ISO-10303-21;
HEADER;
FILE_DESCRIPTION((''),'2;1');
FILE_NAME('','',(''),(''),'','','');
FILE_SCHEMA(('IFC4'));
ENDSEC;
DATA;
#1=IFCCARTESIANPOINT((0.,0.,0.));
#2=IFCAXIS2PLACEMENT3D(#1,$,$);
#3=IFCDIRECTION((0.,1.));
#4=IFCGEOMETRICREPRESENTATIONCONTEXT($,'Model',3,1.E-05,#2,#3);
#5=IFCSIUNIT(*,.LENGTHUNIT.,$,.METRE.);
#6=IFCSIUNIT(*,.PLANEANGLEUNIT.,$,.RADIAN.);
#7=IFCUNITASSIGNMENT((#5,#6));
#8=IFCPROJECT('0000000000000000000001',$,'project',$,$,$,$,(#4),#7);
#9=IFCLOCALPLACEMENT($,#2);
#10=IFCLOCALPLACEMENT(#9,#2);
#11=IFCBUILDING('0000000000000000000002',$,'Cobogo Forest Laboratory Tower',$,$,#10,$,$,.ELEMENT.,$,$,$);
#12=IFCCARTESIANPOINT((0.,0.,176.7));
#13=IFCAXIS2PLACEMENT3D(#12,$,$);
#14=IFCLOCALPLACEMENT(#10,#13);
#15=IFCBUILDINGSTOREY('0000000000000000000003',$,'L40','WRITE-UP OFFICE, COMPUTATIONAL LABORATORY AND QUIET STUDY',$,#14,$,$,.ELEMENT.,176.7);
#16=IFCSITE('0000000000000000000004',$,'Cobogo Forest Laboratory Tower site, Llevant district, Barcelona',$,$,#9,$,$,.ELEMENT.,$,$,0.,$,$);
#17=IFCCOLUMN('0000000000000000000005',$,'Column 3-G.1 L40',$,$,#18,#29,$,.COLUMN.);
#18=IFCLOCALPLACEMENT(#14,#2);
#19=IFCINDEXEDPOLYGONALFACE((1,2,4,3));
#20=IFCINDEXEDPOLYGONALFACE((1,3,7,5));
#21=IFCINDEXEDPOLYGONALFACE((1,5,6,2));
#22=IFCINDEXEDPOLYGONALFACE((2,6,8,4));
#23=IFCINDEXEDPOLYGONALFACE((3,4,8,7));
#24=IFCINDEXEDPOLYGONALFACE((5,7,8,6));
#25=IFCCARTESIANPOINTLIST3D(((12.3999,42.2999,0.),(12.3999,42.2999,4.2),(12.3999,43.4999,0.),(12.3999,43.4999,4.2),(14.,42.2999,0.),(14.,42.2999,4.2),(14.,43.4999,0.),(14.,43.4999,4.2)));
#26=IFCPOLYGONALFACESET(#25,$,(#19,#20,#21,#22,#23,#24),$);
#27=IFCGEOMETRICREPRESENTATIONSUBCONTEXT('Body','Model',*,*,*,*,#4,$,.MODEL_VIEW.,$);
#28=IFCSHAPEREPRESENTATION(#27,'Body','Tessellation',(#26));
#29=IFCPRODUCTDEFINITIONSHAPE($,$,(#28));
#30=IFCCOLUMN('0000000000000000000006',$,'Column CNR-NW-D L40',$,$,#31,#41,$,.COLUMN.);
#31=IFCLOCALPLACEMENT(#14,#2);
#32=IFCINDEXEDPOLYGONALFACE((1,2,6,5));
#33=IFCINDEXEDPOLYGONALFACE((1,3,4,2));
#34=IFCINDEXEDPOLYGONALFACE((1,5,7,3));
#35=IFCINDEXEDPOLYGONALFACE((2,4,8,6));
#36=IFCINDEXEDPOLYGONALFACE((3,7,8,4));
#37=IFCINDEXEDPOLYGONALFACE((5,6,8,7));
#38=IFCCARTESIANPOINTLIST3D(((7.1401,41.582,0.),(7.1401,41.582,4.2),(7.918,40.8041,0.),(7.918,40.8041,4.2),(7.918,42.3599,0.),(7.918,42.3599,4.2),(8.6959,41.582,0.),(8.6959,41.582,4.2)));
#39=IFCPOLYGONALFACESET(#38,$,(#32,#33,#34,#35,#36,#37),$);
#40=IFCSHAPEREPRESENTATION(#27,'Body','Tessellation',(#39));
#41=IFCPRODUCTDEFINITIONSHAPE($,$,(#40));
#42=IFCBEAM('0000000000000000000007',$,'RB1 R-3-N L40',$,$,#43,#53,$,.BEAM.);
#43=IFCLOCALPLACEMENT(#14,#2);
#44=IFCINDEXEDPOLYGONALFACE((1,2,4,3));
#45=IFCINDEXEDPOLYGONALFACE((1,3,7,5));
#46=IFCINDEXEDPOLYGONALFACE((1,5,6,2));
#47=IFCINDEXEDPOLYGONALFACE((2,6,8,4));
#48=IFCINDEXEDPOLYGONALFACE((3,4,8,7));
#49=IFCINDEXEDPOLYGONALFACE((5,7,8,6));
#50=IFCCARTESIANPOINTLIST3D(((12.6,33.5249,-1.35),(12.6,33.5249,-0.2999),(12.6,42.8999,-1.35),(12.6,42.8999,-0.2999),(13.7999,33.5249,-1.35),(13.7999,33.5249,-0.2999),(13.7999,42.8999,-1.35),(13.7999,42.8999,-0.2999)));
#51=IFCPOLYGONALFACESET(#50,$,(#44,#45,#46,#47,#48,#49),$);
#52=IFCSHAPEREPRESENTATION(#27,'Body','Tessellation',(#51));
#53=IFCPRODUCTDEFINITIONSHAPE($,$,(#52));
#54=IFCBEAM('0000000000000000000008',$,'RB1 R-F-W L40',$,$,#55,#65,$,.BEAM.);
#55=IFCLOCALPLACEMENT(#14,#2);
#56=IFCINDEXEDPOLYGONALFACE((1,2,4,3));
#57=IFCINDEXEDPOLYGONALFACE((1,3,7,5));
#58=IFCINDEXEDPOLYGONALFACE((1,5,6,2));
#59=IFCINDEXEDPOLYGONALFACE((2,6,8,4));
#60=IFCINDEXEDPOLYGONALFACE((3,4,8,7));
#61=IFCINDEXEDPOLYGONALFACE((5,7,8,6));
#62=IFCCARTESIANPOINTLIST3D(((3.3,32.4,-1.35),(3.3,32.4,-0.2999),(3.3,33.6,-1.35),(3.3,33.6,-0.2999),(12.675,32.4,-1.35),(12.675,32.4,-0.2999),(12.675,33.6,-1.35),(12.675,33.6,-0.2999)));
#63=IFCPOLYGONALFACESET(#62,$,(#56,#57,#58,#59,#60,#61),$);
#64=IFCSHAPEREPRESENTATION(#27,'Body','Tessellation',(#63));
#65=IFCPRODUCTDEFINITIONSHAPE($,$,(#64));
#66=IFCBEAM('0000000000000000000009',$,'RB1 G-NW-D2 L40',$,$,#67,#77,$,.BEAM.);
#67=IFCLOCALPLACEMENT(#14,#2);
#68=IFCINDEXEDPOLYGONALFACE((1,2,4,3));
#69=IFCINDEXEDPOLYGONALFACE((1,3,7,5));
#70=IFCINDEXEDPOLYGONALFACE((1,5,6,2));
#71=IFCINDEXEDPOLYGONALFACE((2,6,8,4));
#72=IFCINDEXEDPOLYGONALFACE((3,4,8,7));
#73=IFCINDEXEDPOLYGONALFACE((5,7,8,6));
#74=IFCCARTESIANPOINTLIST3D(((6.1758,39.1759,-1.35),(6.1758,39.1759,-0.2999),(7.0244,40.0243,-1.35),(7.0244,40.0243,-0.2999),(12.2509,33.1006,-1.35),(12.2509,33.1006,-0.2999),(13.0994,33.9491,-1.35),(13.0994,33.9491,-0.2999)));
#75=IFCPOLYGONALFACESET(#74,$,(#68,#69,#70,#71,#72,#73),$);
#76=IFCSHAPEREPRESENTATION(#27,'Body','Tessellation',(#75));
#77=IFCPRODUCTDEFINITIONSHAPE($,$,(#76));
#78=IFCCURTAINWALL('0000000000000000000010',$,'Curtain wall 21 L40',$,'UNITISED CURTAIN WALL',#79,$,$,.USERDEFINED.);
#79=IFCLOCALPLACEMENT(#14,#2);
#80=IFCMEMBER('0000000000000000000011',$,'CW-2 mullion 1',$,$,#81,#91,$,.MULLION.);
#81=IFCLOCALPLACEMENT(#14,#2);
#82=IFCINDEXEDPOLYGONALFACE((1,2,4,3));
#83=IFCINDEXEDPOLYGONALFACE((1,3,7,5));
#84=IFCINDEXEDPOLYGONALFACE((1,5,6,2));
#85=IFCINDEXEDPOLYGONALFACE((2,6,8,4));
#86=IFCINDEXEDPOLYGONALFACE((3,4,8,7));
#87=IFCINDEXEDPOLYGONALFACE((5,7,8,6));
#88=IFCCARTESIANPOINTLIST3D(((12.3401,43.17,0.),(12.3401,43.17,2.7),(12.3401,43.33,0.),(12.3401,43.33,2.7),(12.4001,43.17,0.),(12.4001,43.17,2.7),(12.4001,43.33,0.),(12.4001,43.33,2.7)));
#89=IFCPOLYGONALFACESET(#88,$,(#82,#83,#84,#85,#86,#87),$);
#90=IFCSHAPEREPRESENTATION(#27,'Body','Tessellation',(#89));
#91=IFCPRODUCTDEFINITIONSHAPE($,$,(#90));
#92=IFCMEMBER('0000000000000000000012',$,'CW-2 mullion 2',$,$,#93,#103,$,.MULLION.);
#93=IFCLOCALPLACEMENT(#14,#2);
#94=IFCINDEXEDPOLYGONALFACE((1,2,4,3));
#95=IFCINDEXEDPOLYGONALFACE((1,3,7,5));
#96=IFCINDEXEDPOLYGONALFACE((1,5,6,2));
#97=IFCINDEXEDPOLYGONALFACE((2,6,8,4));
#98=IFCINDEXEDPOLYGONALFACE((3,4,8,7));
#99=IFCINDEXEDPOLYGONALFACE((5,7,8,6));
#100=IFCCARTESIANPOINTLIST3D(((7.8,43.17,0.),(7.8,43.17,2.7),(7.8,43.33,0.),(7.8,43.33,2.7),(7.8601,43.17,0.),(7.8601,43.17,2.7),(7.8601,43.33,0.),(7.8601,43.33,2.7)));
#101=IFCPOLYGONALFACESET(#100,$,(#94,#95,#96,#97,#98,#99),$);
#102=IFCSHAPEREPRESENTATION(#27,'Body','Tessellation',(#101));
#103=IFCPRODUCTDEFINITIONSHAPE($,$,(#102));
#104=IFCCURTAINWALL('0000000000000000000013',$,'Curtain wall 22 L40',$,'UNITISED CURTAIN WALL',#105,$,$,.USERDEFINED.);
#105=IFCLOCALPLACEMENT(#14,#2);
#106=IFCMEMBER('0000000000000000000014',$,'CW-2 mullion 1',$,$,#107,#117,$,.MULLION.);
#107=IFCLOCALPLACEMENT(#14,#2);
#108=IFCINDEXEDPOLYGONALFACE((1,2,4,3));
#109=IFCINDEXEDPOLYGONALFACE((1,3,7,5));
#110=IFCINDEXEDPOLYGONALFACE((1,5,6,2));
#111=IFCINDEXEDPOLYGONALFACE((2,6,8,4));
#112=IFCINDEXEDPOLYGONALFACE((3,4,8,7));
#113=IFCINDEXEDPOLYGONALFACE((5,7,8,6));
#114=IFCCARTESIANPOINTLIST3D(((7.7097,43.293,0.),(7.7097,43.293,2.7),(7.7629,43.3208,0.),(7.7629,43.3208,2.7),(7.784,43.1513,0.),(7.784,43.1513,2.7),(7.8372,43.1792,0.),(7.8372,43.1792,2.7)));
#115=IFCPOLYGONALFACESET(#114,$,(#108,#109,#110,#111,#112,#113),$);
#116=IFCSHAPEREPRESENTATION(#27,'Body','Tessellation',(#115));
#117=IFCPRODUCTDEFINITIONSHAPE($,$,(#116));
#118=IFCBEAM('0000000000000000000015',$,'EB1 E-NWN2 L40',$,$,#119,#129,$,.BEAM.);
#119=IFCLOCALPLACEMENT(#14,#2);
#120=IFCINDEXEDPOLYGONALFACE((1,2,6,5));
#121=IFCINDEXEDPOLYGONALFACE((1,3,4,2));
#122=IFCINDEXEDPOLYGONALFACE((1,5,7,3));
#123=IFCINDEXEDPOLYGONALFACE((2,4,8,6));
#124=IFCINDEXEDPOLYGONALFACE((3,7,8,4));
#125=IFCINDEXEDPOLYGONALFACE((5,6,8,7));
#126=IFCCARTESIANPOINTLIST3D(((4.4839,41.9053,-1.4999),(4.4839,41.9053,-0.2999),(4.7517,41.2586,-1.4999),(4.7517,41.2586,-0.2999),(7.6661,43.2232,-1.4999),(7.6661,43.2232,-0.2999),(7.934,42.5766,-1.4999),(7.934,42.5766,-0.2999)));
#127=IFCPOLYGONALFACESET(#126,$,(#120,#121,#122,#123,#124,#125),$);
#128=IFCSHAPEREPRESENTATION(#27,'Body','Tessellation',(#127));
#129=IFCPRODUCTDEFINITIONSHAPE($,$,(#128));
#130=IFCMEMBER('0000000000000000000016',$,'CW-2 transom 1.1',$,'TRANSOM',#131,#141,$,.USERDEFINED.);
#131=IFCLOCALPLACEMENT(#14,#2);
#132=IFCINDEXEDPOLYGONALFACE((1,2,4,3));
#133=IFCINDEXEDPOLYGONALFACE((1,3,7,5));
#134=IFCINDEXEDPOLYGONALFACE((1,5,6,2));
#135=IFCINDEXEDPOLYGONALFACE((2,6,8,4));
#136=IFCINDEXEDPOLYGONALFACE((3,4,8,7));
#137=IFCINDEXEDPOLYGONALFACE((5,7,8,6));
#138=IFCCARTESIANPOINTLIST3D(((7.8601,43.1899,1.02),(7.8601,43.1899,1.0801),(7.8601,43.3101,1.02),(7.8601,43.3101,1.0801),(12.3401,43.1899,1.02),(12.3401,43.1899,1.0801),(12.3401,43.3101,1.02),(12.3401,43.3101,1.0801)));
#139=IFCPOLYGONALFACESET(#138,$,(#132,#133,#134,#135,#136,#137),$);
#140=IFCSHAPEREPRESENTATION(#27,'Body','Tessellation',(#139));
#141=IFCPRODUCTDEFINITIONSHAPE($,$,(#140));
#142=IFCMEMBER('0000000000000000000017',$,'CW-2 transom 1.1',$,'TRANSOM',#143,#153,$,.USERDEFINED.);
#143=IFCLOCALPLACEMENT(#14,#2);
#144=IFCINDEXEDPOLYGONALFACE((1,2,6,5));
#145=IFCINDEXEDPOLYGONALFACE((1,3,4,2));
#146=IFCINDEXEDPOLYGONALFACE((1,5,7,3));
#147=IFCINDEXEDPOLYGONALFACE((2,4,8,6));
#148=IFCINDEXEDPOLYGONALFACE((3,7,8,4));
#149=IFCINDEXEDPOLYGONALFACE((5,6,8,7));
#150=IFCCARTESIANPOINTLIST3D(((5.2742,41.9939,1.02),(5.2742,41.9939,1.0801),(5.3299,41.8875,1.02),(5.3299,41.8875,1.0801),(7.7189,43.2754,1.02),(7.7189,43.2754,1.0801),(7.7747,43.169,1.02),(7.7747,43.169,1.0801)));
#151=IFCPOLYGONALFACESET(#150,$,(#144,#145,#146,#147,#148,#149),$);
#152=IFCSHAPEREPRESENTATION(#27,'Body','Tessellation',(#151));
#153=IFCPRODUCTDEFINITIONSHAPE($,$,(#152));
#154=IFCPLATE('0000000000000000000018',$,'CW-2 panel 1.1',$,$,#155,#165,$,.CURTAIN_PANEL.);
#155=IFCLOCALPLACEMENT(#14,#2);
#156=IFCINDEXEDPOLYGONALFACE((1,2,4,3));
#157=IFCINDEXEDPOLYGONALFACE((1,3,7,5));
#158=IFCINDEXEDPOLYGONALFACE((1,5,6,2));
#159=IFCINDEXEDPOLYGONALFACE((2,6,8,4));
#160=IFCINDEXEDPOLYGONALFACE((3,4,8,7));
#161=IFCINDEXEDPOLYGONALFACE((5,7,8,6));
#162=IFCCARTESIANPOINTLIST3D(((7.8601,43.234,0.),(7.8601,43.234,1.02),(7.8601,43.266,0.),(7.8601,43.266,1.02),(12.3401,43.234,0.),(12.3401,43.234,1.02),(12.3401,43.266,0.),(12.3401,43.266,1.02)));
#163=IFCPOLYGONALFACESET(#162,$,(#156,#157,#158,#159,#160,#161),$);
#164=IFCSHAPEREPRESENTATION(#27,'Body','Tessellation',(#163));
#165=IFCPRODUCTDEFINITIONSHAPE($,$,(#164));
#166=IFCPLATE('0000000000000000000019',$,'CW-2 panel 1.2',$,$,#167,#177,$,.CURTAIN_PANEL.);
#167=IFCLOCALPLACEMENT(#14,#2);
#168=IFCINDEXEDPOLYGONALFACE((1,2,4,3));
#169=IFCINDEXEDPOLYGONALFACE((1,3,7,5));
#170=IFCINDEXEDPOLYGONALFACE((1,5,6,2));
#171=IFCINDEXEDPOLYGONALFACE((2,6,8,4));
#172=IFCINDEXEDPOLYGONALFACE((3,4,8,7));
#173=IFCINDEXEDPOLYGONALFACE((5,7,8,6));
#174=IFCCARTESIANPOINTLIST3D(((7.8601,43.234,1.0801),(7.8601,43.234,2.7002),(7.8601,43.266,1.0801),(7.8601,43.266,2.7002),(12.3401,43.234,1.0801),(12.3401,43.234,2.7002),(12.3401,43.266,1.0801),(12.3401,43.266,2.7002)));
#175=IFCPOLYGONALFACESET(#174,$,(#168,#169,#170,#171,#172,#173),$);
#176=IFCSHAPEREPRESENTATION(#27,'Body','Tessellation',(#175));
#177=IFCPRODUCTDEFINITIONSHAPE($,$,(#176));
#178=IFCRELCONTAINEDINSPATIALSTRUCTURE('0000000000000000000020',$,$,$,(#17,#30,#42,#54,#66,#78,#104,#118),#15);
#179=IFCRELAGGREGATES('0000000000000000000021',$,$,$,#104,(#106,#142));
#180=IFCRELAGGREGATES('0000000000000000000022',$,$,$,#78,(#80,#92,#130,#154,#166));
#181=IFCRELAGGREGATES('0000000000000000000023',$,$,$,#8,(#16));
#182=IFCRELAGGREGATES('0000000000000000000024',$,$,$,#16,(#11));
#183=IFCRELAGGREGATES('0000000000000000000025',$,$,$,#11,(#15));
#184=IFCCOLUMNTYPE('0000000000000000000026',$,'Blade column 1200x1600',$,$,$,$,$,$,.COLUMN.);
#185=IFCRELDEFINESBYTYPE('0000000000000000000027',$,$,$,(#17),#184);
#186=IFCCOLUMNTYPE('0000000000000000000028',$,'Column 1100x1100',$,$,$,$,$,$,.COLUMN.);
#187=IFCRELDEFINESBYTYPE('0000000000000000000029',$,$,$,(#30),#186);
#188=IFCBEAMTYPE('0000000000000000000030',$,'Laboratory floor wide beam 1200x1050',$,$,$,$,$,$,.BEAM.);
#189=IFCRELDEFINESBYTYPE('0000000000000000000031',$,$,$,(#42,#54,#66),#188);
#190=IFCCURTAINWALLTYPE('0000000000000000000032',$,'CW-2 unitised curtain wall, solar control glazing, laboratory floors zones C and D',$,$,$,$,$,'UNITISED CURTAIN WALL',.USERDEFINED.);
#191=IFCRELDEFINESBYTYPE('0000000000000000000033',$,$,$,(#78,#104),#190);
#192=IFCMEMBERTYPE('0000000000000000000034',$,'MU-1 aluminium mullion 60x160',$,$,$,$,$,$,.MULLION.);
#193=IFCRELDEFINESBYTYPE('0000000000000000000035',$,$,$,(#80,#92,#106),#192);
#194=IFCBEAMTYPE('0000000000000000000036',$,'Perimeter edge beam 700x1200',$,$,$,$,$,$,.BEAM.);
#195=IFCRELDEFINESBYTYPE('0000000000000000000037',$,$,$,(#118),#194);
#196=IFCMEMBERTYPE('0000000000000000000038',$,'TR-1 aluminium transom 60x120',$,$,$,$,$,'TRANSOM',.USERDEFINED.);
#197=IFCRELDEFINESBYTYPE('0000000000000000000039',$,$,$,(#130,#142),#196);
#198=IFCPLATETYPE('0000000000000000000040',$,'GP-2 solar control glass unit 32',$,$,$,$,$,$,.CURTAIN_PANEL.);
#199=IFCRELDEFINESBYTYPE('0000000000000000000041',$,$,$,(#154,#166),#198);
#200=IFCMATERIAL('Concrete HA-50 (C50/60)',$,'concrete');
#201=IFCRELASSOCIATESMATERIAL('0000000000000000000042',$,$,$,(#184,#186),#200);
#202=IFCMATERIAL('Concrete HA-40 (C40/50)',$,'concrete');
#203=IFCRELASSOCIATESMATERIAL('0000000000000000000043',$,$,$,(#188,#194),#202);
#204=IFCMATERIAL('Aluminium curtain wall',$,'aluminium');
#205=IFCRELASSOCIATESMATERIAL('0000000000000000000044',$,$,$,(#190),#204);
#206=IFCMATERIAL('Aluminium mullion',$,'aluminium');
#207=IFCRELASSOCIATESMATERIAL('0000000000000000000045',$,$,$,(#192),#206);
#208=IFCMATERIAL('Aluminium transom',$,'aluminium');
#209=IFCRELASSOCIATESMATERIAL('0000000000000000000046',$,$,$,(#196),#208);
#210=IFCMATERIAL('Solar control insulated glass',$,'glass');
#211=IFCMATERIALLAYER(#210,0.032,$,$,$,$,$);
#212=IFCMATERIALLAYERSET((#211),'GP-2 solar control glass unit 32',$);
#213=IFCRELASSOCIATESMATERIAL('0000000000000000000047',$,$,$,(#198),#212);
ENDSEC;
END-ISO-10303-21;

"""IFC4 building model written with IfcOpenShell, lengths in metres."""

from ifc_helpers import new_model, si_unit, direction, frame, origin, origin_2d, place, context, subcontext, project, spatial, rectangle, extrude, material, layer, layer_set, material_profile, profile_set, type_object, element, aggregate, save


model = new_model("IFC4")

# Units and contexts
model_context = context("Model", 3, precision=1e-05, world=origin(), true_north=direction((0.0, 1.0)))
body_context = subcontext(model_context, "Body", "Model", "MODEL_VIEW")
ifc_project = project(units=[si_unit("LENGTHUNIT", "METRE"), si_unit("PLANEANGLEUNIT", "RADIAN")], contexts=[model_context])

# Site, building, storey
site_placement = place(None, origin())
site = spatial("IfcSite", under=ifc_project, at=site_placement, Name="Cobogo Forest Laboratory Tower site, Llevant district, Barcelona", CompositionType="ELEMENT", RefElevation=0.0)
building_placement = place(site_placement, origin())
building = spatial("IfcBuilding", under=site, at=building_placement, Name="Cobogo Forest Laboratory Tower", CompositionType="ELEMENT")
storey_placement = place(building_placement, frame((0.0, 0.0, 176.7)))
storey = spatial("IfcBuildingStorey", under=building, at=storey_placement, Name="L40", Description="WRITE-UP OFFICE, COMPUTATIONAL LABORATORY AND QUIET STUDY", CompositionType="ELEMENT", Elevation=176.7)

# Columns
ifc_material_1 = material(Name="Concrete HA-50 (C50/60)", Category="concrete")
ifc_material_profile_1 = material_profile(ifc_material_1, rectangle(XDim=1.6001, YDim=1.2, at=origin_2d()), Name="RC 1200x1600")
ifc_profile_set_1 = profile_set([ifc_material_profile_1], Name="Concrete HA-50 (C50/60)")
column_type_1 = type_object("IfcColumnType", Name="Blade column 1200x1600", PredefinedType="COLUMN", material=ifc_profile_set_1)
column_1_placement = place(storey_placement, frame((13.2, 42.8999, 0.0), z_axis=(0.0, 0.0, 1.0), x_axis=(1.0, 0.0, 0.0)))
element("IfcColumn", 1, at=column_1_placement, inside=storey, type_object=column_type_1, Name="Column 3-G.1 L40", PredefinedType="COLUMN", context=body_context, shape_type="SweptSolid", body=[
    extrude(rectangle(XDim=1.6001, YDim=1.2, at=origin_2d()), origin(), (0.0, 0.0, 1.0), 4.2),
])
ifc_material_profile_2 = material_profile(ifc_material_1, rectangle(XDim=1.1001, YDim=1.1001, at=origin_2d()), Name="RC 1100x1100")
ifc_profile_set_2 = profile_set([ifc_material_profile_2], Name="Concrete HA-50 (C50/60)")
column_type_2 = type_object("IfcColumnType", Name="Column 1100x1100", PredefinedType="COLUMN", material=ifc_profile_set_2)
column_2_placement = place(storey_placement, frame((7.918, 41.582, 0.0), z_axis=(0.0, 0.0, 1.0), x_axis=(0.707107, 0.707107, 0.0)))
element("IfcColumn", 2, at=column_2_placement, inside=storey, type_object=column_type_2, Name="Column CNR-NW-D L40", PredefinedType="COLUMN", context=body_context, shape_type="SweptSolid", body=[
    extrude(rectangle(XDim=1.1001, YDim=1.1001, at=origin_2d()), origin(), (0.0, 0.0, 1.0), 4.2),
])

# Beams
ifc_material_2 = material(Name="Concrete HA-40 (C40/50)", Category="concrete")
ifc_material_profile_3 = material_profile(ifc_material_2, rectangle(XDim=1.2, YDim=1.05, at=origin_2d()), Name="RC 1200x1050")
ifc_profile_set_3 = profile_set([ifc_material_profile_3], Name="Concrete HA-40 (C40/50)")
beam_type_1 = type_object("IfcBeamType", Name="Laboratory floor wide beam 1200x1050", PredefinedType="BEAM", material=ifc_profile_set_3)
for number, where, z_axis, x_axis, name in (
    (3, (13.2, 33.5249, -0.825), (0.0, 1.0, 0.0), (-1.0, 0.0, 0.0), "RB1 R-3-N L40"),
    (4, (12.675, 33.0, -0.825), (-1.0, 0.0, 0.0), (0.0, -1.0, 0.0), "RB1 R-F-W L40"),
):
    element("IfcBeam", number, at=place(storey_placement, frame(where, z_axis=z_axis, x_axis=x_axis)), inside=storey, type_object=beam_type_1, Name=name, PredefinedType="BEAM", context=body_context, shape_type="SweptSolid", body=[
        extrude(rectangle(XDim=1.2, YDim=1.05, at=origin_2d()), origin(), (0.0, 0.0, 1.0), 9.375),
    ])
beam_1_placement = place(storey_placement, frame((6.6001, 39.6001, -0.825), z_axis=(0.707093, -0.707121, 0.0), x_axis=(0.707121, 0.707093, 0.0)))
element("IfcBeam", 5, at=beam_1_placement, inside=storey, type_object=beam_type_1, Name="RB1 G-NW-D2 L40", PredefinedType="BEAM", context=body_context, shape_type="SweptSolid", body=[
    extrude(rectangle(XDim=1.2, YDim=1.05, at=origin_2d()), origin(), (0.0, 0.0, 1.0), 8.5916),
])

# Curtain wall, members
ifc_material_3 = material(Name="Aluminium curtain wall", Category="aluminium")
curtain_wall_type = type_object("IfcCurtainWallType", Name="CW-2 unitised curtain wall, solar control glazing, laboratory floors zones C and D", ElementType="UNITISED CURTAIN WALL", PredefinedType="USERDEFINED", material=ifc_material_3)
curtain_wall_1_placement = place(storey_placement, origin())
curtain_wall_1 = element("IfcCurtainWall", 6, at=curtain_wall_1_placement, inside=storey, type_object=curtain_wall_type, Name="Curtain wall 21 L40", ObjectType="UNITISED CURTAIN WALL", PredefinedType="USERDEFINED")
ifc_material_4 = material(Name="Aluminium mullion", Category="aluminium")
ifc_material_profile_4 = material_profile(ifc_material_4, rectangle(XDim=0.0601, YDim=0.1599, at=origin_2d()), Name="AL 60x160")
ifc_profile_set_4 = profile_set([ifc_material_profile_4], Name="Aluminium mullion")
member_type_1 = type_object("IfcMemberType", Name="MU-1 aluminium mullion 60x160", PredefinedType="MULLION", material=ifc_profile_set_4)
member_1_placement = place(storey_placement, frame((12.3701, 43.25, 0.0), z_axis=(0.0, 0.0, 1.0), x_axis=(-1.0, 0.0, 0.0)))
member_1 = element("IfcMember", 7, at=member_1_placement, type_object=member_type_1, Name="CW-2 mullion 1", PredefinedType="MULLION", context=body_context, shape_type="SweptSolid", body=[
    extrude(rectangle(XDim=0.0601, YDim=0.1599, at=origin_2d()), origin(), (0.0, 0.0, 1.0), 2.7),
])
member_2_placement = place(storey_placement, frame((7.8301, 43.25, 0.0), z_axis=(0.0, 0.0, 1.0), x_axis=(-1.0, 0.0, 0.0)))
member_2 = element("IfcMember", 8, at=member_2_placement, type_object=member_type_1, Name="CW-2 mullion 2", PredefinedType="MULLION", context=body_context, shape_type="SweptSolid", body=[
    extrude(rectangle(XDim=0.0601, YDim=0.1599, at=origin_2d()), origin(), (0.0, 0.0, 1.0), 2.7),
])

# Curtain wall, member
curtain_wall_2_placement = place(storey_placement, origin())
curtain_wall_2 = element("IfcCurtainWall", 9, at=curtain_wall_2_placement, inside=storey, type_object=curtain_wall_type, Name="Curtain wall 22 L40", ObjectType="UNITISED CURTAIN WALL", PredefinedType="USERDEFINED")
member_3_placement = place(storey_placement, frame((7.7734, 43.2361, 0.0), z_axis=(0.0, 0.0, 1.0), x_axis=(-0.885686, -0.464284, 0.0)))
member_3 = element("IfcMember", 10, at=member_3_placement, type_object=member_type_1, Name="CW-2 mullion 1", PredefinedType="MULLION", context=body_context, shape_type="SweptSolid", body=[
    extrude(rectangle(XDim=0.0601, YDim=0.1599, at=origin_2d()), origin(), (0.0, 0.0, 1.0), 2.7),
])

# Beam
ifc_material_profile_5 = material_profile(ifc_material_2, rectangle(XDim=0.7, YDim=1.2, at=origin_2d()), Name="RC 700x1200")
ifc_profile_set_5 = profile_set([ifc_material_profile_5], Name="Concrete HA-40 (C40/50)")
beam_type_2 = type_object("IfcBeamType", Name="Perimeter edge beam 700x1200", PredefinedType="BEAM", material=ifc_profile_set_5)
beam_2_placement = place(storey_placement, frame((7.8, 42.8999, -0.8999), z_axis=(-0.923901, -0.382631, 0.0), x_axis=(0.382631, -0.923901, 0.0)))
element("IfcBeam", 11, at=beam_2_placement, inside=storey, type_object=beam_type_2, Name="EB1 E-NWN2 L40", PredefinedType="BEAM", context=body_context, shape_type="SweptSolid", body=[
    extrude(rectangle(XDim=0.7, YDim=1.2, at=origin_2d()), origin(), (0.0, 0.0, 1.0), 3.4443),
])

# Members
ifc_material_5 = material(Name="Aluminium transom", Category="aluminium")
ifc_material_profile_6 = material_profile(ifc_material_5, rectangle(XDim=0.1201, YDim=0.0601, at=origin_2d()), Name="AL 60x120")
ifc_profile_set_6 = profile_set([ifc_material_profile_6], Name="Aluminium transom")
member_type_2 = type_object("IfcMemberType", Name="TR-1 aluminium transom 60x120", ElementType="TRANSOM", PredefinedType="USERDEFINED", material=ifc_profile_set_6)
member_4_placement = place(storey_placement, frame((12.3401, 43.25, 1.05), z_axis=(-1.0, 0.0, 0.0), x_axis=(0.0, -1.0, 0.0)))
member_4 = element("IfcMember", 12, at=member_4_placement, type_object=member_type_2, Name="CW-2 transom 1.1", ObjectType="TRANSOM", PredefinedType="USERDEFINED", context=body_context, shape_type="SweptSolid", body=[
    extrude(rectangle(XDim=0.1201, YDim=0.0601, at=origin_2d()), origin(), (0.0, 0.0, 1.0), 4.48),
])
member_5_placement = place(storey_placement, frame((7.7468, 43.2222, 1.05), z_axis=(-0.885702, -0.464255, 0.0), x_axis=(0.464255, -0.885702, 0.0)))
member_5 = element("IfcMember", 13, at=member_5_placement, type_object=member_type_2, Name="CW-2 transom 1.1", ObjectType="TRANSOM", PredefinedType="USERDEFINED", context=body_context, shape_type="SweptSolid", body=[
    extrude(rectangle(XDim=0.1201, YDim=0.0601, at=origin_2d()), origin(), (0.0, 0.0, 1.0), 2.7603),
])
aggregate(curtain_wall_2, [member_3, member_5])

# Plates
ifc_material_6 = material(Name="Solar control insulated glass", Category="glass")
ifc_layer_1 = layer(ifc_material_6, 0.032)
ifc_layer_set_1 = layer_set([ifc_layer_1], Name="GP-2 solar control glass unit 32")
plate_type = type_object("IfcPlateType", Name="GP-2 solar control glass unit 32", PredefinedType="CURTAIN_PANEL", material=ifc_layer_set_1)
plate_1_placement = place(storey_placement, frame((10.1001, 43.25, 0.0), z_axis=(0.0, 0.0, 1.0), x_axis=(-1.0, 0.0, 0.0)))
plate_1 = element("IfcPlate", 14, at=plate_1_placement, type_object=plate_type, Name="CW-2 panel 1.1", PredefinedType="CURTAIN_PANEL", context=body_context, shape_type="SweptSolid", body=[
    extrude(rectangle(XDim=4.48, YDim=0.032, at=origin_2d()), origin(), (0.0, 0.0, 1.0), 1.02),
])
plate_2_placement = place(storey_placement, frame((10.1001, 43.25, 1.0801), z_axis=(0.0, 0.0, 1.0), x_axis=(-1.0, 0.0, 0.0)))
plate_2 = element("IfcPlate", 15, at=plate_2_placement, type_object=plate_type, Name="CW-2 panel 1.2", PredefinedType="CURTAIN_PANEL", context=body_context, shape_type="SweptSolid", body=[
    extrude(rectangle(XDim=4.48, YDim=0.032, at=origin_2d()), origin(), (0.0, 0.0, 1.0), 1.6201),
])
aggregate(curtain_wall_1, [member_1, member_2, member_4, plate_1, plate_2])

save(model, "model.ifc")
